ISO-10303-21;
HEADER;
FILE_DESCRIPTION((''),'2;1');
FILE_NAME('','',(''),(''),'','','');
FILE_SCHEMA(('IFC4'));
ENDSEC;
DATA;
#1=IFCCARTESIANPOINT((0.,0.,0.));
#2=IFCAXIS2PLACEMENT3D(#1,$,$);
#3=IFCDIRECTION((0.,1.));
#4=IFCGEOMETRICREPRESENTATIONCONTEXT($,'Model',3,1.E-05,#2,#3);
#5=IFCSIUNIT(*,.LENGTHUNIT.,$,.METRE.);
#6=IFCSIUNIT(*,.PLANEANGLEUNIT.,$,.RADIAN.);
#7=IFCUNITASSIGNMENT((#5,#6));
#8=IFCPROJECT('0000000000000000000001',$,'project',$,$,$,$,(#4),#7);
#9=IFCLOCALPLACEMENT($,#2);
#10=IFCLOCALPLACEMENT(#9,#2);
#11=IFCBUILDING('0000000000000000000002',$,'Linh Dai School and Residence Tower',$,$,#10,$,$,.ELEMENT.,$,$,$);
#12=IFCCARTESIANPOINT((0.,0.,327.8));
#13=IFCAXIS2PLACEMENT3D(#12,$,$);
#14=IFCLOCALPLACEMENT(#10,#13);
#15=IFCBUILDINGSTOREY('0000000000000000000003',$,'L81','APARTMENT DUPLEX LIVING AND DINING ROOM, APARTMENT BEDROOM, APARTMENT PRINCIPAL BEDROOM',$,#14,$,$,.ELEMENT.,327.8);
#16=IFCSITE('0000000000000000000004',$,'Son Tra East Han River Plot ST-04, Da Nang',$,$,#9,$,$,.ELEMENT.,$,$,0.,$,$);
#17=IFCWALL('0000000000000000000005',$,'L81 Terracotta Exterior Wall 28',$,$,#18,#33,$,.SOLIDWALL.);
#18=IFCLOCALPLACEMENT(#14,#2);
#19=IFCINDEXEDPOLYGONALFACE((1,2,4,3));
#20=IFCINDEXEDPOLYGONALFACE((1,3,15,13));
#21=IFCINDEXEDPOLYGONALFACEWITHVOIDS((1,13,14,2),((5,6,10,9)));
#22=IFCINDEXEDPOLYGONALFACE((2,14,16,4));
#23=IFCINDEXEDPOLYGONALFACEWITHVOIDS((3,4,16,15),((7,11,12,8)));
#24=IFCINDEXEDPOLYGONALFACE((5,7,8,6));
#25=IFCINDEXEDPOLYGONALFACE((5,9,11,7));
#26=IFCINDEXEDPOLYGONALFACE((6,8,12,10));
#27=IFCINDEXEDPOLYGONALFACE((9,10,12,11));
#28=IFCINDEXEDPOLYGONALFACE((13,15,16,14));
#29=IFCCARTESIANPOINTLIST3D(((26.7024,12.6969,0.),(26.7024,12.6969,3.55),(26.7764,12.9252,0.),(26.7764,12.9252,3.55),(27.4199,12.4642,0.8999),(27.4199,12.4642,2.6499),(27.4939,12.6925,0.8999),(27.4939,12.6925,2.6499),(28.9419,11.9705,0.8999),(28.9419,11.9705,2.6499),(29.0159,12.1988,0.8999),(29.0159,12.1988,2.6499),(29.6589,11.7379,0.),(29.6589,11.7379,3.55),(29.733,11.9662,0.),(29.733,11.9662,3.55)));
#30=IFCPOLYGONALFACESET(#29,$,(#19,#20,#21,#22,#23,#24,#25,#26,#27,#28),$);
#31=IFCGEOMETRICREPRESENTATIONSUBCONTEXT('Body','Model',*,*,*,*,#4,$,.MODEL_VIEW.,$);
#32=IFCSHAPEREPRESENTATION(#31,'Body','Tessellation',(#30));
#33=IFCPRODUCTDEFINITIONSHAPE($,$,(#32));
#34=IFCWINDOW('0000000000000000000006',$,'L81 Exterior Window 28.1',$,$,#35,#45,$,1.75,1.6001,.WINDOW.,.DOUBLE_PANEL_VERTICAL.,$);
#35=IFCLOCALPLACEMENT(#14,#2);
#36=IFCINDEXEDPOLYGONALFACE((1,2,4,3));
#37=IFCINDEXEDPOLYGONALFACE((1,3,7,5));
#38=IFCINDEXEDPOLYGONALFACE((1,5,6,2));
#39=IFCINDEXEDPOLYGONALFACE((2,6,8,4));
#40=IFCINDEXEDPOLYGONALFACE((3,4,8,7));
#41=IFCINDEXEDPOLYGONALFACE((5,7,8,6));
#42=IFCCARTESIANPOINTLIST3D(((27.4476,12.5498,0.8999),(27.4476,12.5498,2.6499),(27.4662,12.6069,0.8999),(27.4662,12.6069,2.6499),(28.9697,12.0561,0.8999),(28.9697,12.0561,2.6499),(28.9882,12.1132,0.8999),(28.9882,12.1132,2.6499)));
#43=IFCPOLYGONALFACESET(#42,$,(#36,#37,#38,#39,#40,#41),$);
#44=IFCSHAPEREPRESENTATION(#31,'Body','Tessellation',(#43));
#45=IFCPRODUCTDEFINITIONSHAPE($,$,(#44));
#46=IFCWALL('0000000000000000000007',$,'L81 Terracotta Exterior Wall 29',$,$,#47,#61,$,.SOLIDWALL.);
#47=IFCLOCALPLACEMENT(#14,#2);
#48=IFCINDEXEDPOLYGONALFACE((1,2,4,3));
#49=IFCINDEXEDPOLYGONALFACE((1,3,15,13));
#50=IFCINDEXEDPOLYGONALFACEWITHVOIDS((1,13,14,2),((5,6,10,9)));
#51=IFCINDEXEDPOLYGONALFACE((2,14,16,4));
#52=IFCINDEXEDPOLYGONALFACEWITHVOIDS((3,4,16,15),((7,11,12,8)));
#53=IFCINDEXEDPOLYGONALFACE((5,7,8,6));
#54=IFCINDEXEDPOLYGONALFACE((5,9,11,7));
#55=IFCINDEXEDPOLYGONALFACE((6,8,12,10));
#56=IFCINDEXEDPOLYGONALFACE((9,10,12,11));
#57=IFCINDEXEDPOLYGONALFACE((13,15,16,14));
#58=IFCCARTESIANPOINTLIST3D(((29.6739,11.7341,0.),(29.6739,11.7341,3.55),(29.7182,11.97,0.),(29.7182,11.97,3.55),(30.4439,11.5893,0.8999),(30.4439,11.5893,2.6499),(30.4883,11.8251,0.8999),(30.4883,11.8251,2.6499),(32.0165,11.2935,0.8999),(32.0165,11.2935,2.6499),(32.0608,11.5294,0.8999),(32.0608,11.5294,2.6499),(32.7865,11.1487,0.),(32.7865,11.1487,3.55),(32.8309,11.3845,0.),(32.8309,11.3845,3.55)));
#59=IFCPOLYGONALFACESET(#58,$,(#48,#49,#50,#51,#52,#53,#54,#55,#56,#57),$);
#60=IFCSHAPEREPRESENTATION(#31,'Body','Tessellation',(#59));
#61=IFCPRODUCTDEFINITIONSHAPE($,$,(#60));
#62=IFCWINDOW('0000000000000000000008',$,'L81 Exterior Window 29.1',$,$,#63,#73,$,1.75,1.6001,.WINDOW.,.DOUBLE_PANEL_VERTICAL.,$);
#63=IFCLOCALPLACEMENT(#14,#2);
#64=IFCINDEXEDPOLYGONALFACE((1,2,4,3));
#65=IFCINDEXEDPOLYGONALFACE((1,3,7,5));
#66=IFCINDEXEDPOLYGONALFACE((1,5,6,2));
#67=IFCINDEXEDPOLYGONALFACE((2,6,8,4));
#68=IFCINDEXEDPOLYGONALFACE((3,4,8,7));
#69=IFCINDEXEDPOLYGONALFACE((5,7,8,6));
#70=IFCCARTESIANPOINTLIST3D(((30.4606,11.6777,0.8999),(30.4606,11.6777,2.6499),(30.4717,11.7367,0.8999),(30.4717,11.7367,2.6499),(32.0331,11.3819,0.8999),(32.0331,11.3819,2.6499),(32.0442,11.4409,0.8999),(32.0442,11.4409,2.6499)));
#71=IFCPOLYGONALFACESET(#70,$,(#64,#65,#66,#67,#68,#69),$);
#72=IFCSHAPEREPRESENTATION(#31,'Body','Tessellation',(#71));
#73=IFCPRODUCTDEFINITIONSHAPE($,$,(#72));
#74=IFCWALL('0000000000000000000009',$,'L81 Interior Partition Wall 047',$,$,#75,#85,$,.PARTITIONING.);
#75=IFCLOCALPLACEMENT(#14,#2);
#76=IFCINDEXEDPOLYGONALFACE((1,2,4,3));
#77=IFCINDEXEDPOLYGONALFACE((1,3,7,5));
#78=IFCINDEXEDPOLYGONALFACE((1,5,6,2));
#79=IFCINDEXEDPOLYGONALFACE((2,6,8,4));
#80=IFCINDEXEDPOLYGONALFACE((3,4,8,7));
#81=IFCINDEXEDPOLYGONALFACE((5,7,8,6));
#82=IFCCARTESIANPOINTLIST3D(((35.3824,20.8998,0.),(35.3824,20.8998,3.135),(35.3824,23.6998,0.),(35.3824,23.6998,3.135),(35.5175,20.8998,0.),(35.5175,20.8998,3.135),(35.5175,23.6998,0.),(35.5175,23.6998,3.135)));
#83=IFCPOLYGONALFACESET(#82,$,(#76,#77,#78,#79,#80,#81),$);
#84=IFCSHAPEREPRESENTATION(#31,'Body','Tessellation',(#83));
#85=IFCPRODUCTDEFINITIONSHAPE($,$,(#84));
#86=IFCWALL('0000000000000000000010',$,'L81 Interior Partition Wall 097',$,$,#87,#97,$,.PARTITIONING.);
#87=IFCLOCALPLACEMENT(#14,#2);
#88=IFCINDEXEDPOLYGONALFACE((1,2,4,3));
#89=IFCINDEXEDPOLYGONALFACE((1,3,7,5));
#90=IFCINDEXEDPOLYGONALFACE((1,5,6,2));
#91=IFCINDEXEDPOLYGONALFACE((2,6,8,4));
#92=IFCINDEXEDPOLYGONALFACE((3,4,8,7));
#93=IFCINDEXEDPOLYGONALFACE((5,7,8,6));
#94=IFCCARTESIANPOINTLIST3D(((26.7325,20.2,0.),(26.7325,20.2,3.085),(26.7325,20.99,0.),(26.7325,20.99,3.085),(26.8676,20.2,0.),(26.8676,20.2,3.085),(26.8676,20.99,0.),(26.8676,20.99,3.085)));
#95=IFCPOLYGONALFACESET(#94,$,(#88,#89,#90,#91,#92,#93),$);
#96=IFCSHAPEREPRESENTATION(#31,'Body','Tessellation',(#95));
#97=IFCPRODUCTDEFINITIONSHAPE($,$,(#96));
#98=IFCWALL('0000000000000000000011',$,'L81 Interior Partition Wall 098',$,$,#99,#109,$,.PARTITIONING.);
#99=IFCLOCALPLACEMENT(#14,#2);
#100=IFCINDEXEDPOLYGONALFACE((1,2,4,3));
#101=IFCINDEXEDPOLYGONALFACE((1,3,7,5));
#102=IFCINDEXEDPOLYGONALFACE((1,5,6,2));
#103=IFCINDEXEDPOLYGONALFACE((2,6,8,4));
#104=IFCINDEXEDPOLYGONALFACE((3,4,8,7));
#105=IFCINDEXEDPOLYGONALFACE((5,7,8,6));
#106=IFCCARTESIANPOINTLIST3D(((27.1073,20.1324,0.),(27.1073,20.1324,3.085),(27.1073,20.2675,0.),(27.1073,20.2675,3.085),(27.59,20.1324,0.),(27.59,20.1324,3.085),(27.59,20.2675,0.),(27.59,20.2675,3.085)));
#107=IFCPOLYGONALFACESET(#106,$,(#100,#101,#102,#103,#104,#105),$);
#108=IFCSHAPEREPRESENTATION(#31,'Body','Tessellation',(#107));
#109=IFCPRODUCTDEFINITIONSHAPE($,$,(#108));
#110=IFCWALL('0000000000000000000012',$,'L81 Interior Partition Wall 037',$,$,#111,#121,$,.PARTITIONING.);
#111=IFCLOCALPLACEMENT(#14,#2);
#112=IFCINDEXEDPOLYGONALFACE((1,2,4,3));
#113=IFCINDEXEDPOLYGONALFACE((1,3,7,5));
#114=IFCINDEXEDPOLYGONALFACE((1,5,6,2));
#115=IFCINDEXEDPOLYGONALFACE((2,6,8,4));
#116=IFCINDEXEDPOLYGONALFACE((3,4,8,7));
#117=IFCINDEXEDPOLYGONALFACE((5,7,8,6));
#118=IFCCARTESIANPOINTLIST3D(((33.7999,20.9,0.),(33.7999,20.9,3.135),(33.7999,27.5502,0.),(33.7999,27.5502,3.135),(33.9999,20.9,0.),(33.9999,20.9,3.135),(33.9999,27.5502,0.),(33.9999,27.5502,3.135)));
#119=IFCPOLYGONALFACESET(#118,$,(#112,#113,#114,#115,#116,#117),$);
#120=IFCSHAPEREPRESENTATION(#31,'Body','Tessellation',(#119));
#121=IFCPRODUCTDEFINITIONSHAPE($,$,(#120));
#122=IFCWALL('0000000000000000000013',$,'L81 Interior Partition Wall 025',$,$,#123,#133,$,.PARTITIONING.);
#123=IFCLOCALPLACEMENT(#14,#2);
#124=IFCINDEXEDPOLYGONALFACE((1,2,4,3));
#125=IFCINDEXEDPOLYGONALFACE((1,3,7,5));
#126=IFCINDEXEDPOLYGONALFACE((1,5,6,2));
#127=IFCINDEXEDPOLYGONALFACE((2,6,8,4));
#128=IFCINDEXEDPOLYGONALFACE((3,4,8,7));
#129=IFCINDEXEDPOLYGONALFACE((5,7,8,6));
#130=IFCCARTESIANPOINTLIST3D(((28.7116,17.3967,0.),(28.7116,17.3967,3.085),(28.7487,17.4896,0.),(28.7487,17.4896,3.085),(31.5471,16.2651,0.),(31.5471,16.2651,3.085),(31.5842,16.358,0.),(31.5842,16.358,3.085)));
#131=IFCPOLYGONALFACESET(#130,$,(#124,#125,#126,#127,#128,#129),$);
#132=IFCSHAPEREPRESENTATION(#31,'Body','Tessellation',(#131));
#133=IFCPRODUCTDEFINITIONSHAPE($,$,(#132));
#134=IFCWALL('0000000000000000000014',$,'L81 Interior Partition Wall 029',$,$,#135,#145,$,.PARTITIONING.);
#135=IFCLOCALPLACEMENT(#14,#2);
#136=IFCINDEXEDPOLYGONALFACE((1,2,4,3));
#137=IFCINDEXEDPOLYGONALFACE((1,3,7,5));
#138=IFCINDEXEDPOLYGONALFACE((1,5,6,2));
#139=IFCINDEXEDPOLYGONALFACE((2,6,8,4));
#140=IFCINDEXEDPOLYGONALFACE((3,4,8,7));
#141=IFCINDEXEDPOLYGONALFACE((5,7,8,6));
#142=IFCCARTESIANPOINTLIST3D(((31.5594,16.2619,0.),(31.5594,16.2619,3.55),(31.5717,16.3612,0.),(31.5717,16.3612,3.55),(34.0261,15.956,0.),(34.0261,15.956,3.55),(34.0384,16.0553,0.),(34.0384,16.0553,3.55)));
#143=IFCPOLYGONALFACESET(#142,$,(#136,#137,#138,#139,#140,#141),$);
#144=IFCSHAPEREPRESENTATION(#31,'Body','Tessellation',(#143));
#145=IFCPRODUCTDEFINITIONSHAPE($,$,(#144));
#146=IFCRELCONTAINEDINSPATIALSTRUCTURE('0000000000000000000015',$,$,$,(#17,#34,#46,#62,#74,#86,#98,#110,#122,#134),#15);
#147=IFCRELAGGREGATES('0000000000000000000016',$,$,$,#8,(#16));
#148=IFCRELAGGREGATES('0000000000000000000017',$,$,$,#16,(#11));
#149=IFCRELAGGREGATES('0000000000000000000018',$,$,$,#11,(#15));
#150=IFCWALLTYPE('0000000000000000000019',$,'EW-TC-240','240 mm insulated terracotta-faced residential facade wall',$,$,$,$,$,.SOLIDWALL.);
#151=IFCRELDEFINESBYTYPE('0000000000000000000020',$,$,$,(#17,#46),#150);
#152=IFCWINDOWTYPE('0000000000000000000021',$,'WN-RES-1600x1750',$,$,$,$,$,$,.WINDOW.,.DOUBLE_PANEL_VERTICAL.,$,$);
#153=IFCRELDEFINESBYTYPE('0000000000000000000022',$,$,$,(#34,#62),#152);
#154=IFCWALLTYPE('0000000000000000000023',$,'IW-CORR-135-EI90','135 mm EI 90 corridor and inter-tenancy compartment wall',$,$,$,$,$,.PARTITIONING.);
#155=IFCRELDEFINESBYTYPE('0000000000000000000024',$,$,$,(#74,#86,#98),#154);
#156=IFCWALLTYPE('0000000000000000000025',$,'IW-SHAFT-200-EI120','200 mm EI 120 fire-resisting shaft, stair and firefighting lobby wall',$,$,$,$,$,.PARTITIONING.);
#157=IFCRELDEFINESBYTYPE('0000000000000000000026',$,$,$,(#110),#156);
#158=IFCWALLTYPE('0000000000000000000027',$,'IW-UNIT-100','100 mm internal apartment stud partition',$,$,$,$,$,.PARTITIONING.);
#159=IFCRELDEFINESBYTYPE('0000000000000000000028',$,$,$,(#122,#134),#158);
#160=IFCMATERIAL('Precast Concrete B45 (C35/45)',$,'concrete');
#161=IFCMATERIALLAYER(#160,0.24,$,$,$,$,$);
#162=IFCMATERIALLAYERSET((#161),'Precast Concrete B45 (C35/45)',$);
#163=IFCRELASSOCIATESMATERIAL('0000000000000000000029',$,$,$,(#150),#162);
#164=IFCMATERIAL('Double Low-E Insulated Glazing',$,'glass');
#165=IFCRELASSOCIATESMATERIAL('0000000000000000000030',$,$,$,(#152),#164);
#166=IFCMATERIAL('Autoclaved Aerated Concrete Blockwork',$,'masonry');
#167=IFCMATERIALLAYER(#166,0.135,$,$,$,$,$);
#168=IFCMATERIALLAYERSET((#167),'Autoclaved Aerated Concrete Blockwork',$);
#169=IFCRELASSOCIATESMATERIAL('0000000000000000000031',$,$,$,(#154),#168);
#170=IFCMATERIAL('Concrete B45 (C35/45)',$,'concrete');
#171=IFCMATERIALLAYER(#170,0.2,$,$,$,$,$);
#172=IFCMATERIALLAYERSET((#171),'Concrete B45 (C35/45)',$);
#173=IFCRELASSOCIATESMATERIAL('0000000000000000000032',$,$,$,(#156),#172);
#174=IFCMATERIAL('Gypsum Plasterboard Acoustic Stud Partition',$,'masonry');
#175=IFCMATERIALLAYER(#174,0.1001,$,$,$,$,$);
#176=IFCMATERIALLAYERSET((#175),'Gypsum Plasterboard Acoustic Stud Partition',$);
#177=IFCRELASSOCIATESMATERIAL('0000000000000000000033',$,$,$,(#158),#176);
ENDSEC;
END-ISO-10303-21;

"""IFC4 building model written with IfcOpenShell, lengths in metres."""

from ifc_helpers import new_model, si_unit, direction, frame, frame_2d, origin, origin_2d, place, context, subcontext, project, spatial, rectangle, extrude, source, transform, mapped, material, layer, layer_set, type_object, element, fill, save


model = new_model("IFC4")

# Units and contexts
model_context = context("Model", 3, precision=1e-05, world=origin(), true_north=direction((0.0, 1.0)))
body_context = subcontext(model_context, "Body", "Model", "MODEL_VIEW")
ifc_project = project(units=[si_unit("LENGTHUNIT", "METRE"), si_unit("PLANEANGLEUNIT", "RADIAN")], contexts=[model_context])

# Site, building, storey
site_placement = place(None, origin())
site = spatial("IfcSite", under=ifc_project, at=site_placement, Name="Son Tra East Han River Plot ST-04, Da Nang", CompositionType="ELEMENT", RefElevation=0.0)
building_placement = place(site_placement, origin())
building = spatial("IfcBuilding", under=site, at=building_placement, Name="Linh Dai School and Residence Tower", CompositionType="ELEMENT")
storey_placement = place(building_placement, frame((0.0, 0.0, 327.8)))
storey = spatial("IfcBuildingStorey", under=building, at=storey_placement, Name="L81", Description="APARTMENT DUPLEX LIVING AND DINING ROOM, APARTMENT BEDROOM, APARTMENT PRINCIPAL BEDROOM", CompositionType="ELEMENT", Elevation=327.8)

# Shared definitions
ifc_material_1 = material(Name="Concrete B45 (C35/45)", Category="concrete")

# Shared definitions
ifc_material_2 = material(Name="Precast Concrete B45 (C35/45)", Category="concrete")

# Walls, openings, windows
ifc_layer_1 = layer(ifc_material_2, 0.24)
ifc_layer_set_1 = layer_set([ifc_layer_1], Name="Precast Concrete B45 (C35/45)")
wall_type_1 = type_object("IfcWallType", Name="EW-TC-240", Description="240 mm insulated terracotta-faced residential facade wall", PredefinedType="SOLIDWALL", material=ifc_layer_set_1)
wall_1_placement = place(storey_placement, frame((29.696, 11.8521, 0.0), z_axis=(0.0, 0.0, 1.0), x_axis=(-0.951213, 0.308535, 0.0)))
wall_1 = element("IfcWall", 1, at=wall_1_placement, inside=storey, type_object=wall_type_1, Name="L81 Terracotta Exterior Wall 28", PredefinedType="SOLIDWALL", context=body_context, shape_type="SweptSolid", body=[
    extrude(rectangle(XDim=3.1082, YDim=0.24, at=frame_2d((1.5542, 0.0))), origin(), (0.0, 0.0, 1.0), 3.55),
])
opening_1_placement = place(wall_1_placement, frame((0.7539, 0.0, 0.8999)))
opening_1 = element("IfcOpeningElement", 2, at=opening_1_placement, cuts=wall_1, PredefinedType="OPENING", context=body_context, shape_type="SweptSolid", body=[
    extrude(rectangle(XDim=1.6001, YDim=1.75, at=origin_2d()), frame((0.8, 0.1299, 0.875), z_axis=(0.0, -1.0, 0.0), x_axis=(1.0, 0.0, 0.0)), (0.0, 0.0, 1.0), 0.26),
])
ifc_material_3 = material(Name="Double Low-E Insulated Glazing", Category="glass")
window_type = type_object("IfcWindowType", Name="WN-RES-1600x1750", PartitioningType="DOUBLE_PANEL_VERTICAL", PredefinedType="WINDOW", material=ifc_material_3)
shared_shape_1 = source(origin(), body_context, "Body", "SweptSolid", [
    extrude(rectangle(XDim=1.6001, YDim=1.75, at=origin_2d()), frame((0.8, 0.03, 0.875), z_axis=(0.0, -1.0, 0.0), x_axis=(1.0, 0.0, 0.0)), (0.0, 0.0, 1.0), 0.0601),
])
window_1_placement = place(opening_1_placement, origin())
window_1 = element("IfcWindow", 3, at=window_1_placement, inside=storey, type_object=window_type, Name="L81 Exterior Window 28.1", OverallHeight=1.75, OverallWidth=1.6001, PartitioningType="DOUBLE_PANEL_VERTICAL", PredefinedType="WINDOW", context=body_context, shape_type="MappedRepresentation", body=[
    mapped(shared_shape_1, transform((0.0, 0.0, 0.0), x_axis=(1.0, 0.0, 0.0), y_axis=(0.0, 1.0, 0.0), z_axis=(0.0, 0.0, 1.0), scale=1.0)),
])
fill(opening_1, window_1)
wall_2_placement = place(storey_placement, frame((32.8086, 11.2666, 0.0), z_axis=(0.0, 0.0, 1.0), x_axis=(-0.982766, 0.184852, 0.0)))
wall_2 = element("IfcWall", 4, at=wall_2_placement, inside=storey, type_object=wall_type_1, Name="L81 Terracotta Exterior Wall 29", PredefinedType="SOLIDWALL", context=body_context, shape_type="SweptSolid", body=[
    extrude(rectangle(XDim=3.1672, YDim=0.24, at=frame_2d((1.5835, 0.0))), origin(), (0.0, 0.0, 1.0), 3.55),
])
opening_2_placement = place(wall_2_placement, frame((0.7834, 0.0, 0.8999)))
opening_2 = element("IfcOpeningElement", 5, at=opening_2_placement, cuts=wall_2, PredefinedType="OPENING", context=body_context, shape_type="SweptSolid", body=[
    extrude(rectangle(XDim=1.6001, YDim=1.75, at=origin_2d()), frame((0.8, 0.1299, 0.875), z_axis=(0.0, -1.0, 0.0), x_axis=(1.0, 0.0, 0.0)), (0.0, 0.0, 1.0), 0.26),
])
window_2_placement = place(opening_2_placement, origin())
window_2 = element("IfcWindow", 6, at=window_2_placement, inside=storey, type_object=window_type, Name="L81 Exterior Window 29.1", OverallHeight=1.75, OverallWidth=1.6001, PartitioningType="DOUBLE_PANEL_VERTICAL", PredefinedType="WINDOW", context=body_context, shape_type="MappedRepresentation", body=[
    mapped(shared_shape_1, transform((0.0, 0.0, 0.0), x_axis=(1.0, 0.0, 0.0), y_axis=(0.0, 1.0, 0.0), z_axis=(0.0, 0.0, 1.0), scale=1.0)),
])
fill(opening_2, window_2)

# Walls
ifc_material_4 = material(Name="Autoclaved Aerated Concrete Blockwork", Category="masonry")
ifc_layer_2 = layer(ifc_material_4, 0.135)
ifc_layer_set_2 = layer_set([ifc_layer_2], Name="Autoclaved Aerated Concrete Blockwork")
wall_type_2 = type_object("IfcWallType", Name="IW-CORR-135-EI90", Description="135 mm EI 90 corridor and inter-tenancy compartment wall", PredefinedType="PARTITIONING", material=ifc_layer_set_2)
wall_3_placement = place(storey_placement, frame((35.45, 20.8999, 0.0), z_axis=(0.0, 0.0, 1.0), x_axis=(0.0, 1.0, 0.0)))
element("IfcWall", 7, at=wall_3_placement, inside=storey, type_object=wall_type_2, Name="L81 Interior Partition Wall 047", PredefinedType="PARTITIONING", context=body_context, shape_type="SweptSolid", body=[
    extrude(rectangle(XDim=2.8, YDim=0.135, at=frame_2d((1.3999, 0.0))), origin(), (0.0, 0.0, 1.0), 3.135),
])
wall_4_placement = place(storey_placement, frame((26.8, 20.99, 0.0), z_axis=(0.0, 0.0, 1.0), x_axis=(0.0, -1.0, 0.0)))
element("IfcWall", 8, at=wall_4_placement, inside=storey, type_object=wall_type_2, Name="L81 Interior Partition Wall 097", PredefinedType="PARTITIONING", context=body_context, shape_type="SweptSolid", body=[
    extrude(rectangle(XDim=0.79, YDim=0.135, at=frame_2d((0.395, 0.0))), origin(), (0.0, 0.0, 1.0), 3.085),
])
wall_5_placement = place(storey_placement, frame((27.1074, 20.2, 0.0), z_axis=(0.0, 0.0, 1.0), x_axis=(1.0, 0.0, 0.0)))
element("IfcWall", 9, at=wall_5_placement, inside=storey, type_object=wall_type_2, Name="L81 Interior Partition Wall 098", PredefinedType="PARTITIONING", context=body_context, shape_type="SweptSolid", body=[
    extrude(rectangle(XDim=0.4827, YDim=0.135, at=frame_2d((0.2412, 0.0))), origin(), (0.0, 0.0, 1.0), 3.085),
])
ifc_layer_3 = layer(ifc_material_1, 0.2)
ifc_layer_set_3 = layer_set([ifc_layer_3], Name="Concrete B45 (C35/45)")
wall_type_3 = type_object("IfcWallType", Name="IW-SHAFT-200-EI120", Description="200 mm EI 120 fire-resisting shaft, stair and firefighting lobby wall", PredefinedType="PARTITIONING", material=ifc_layer_set_3)
wall_6_placement = place(storey_placement, frame((33.8999, 20.8999, 0.0), z_axis=(0.0, 0.0, 1.0), x_axis=(0.0, 1.0, 0.0)))
element("IfcWall", 10, at=wall_6_placement, inside=storey, type_object=wall_type_3, Name="L81 Interior Partition Wall 037", PredefinedType="PARTITIONING", context=body_context, shape_type="SweptSolid", body=[
    extrude(rectangle(XDim=6.6501, YDim=0.2, at=frame_2d((3.3252, 0.0))), origin(), (0.0, 0.0, 1.0), 3.135),
])
ifc_material_5 = material(Name="Gypsum Plasterboard Acoustic Stud Partition", Category="masonry")
ifc_layer_4 = layer(ifc_material_5, 0.1001)
ifc_layer_set_4 = layer_set([ifc_layer_4], Name="Gypsum Plasterboard Acoustic Stud Partition")
wall_type_4 = type_object("IfcWallType", Name="IW-UNIT-100", Description="100 mm internal apartment stud partition", PredefinedType="PARTITIONING", material=ifc_layer_set_4)
wall_7_placement = place(storey_placement, frame((28.7302, 17.4431, 0.0), z_axis=(0.0, 0.0, 1.0), x_axis=(0.928769, -0.37066, 0.0)))
element("IfcWall", 11, at=wall_7_placement, inside=storey, type_object=wall_type_4, Name="L81 Interior Partition Wall 025", PredefinedType="PARTITIONING", context=body_context, shape_type="SweptSolid", body=[
    extrude(rectangle(XDim=3.053, YDim=0.1001, at=frame_2d((1.5264, 0.0))), origin(), (0.0, 0.0, 1.0), 3.085),
])
wall_8_placement = place(storey_placement, frame((31.5657, 16.3115, 0.0), z_axis=(0.0, 0.0, 1.0), x_axis=(0.992398, -0.123068, 0.0)))
element("IfcWall", 12, at=wall_8_placement, inside=storey, type_object=wall_type_4, Name="L81 Interior Partition Wall 029", PredefinedType="PARTITIONING", context=body_context, shape_type="SweptSolid", body=[
    extrude(rectangle(XDim=2.4856, YDim=0.1001, at=frame_2d((1.2427, 0.0))), origin(), (0.0, 0.0, 1.0), 3.55),
])

save(model, "model.ifc")
